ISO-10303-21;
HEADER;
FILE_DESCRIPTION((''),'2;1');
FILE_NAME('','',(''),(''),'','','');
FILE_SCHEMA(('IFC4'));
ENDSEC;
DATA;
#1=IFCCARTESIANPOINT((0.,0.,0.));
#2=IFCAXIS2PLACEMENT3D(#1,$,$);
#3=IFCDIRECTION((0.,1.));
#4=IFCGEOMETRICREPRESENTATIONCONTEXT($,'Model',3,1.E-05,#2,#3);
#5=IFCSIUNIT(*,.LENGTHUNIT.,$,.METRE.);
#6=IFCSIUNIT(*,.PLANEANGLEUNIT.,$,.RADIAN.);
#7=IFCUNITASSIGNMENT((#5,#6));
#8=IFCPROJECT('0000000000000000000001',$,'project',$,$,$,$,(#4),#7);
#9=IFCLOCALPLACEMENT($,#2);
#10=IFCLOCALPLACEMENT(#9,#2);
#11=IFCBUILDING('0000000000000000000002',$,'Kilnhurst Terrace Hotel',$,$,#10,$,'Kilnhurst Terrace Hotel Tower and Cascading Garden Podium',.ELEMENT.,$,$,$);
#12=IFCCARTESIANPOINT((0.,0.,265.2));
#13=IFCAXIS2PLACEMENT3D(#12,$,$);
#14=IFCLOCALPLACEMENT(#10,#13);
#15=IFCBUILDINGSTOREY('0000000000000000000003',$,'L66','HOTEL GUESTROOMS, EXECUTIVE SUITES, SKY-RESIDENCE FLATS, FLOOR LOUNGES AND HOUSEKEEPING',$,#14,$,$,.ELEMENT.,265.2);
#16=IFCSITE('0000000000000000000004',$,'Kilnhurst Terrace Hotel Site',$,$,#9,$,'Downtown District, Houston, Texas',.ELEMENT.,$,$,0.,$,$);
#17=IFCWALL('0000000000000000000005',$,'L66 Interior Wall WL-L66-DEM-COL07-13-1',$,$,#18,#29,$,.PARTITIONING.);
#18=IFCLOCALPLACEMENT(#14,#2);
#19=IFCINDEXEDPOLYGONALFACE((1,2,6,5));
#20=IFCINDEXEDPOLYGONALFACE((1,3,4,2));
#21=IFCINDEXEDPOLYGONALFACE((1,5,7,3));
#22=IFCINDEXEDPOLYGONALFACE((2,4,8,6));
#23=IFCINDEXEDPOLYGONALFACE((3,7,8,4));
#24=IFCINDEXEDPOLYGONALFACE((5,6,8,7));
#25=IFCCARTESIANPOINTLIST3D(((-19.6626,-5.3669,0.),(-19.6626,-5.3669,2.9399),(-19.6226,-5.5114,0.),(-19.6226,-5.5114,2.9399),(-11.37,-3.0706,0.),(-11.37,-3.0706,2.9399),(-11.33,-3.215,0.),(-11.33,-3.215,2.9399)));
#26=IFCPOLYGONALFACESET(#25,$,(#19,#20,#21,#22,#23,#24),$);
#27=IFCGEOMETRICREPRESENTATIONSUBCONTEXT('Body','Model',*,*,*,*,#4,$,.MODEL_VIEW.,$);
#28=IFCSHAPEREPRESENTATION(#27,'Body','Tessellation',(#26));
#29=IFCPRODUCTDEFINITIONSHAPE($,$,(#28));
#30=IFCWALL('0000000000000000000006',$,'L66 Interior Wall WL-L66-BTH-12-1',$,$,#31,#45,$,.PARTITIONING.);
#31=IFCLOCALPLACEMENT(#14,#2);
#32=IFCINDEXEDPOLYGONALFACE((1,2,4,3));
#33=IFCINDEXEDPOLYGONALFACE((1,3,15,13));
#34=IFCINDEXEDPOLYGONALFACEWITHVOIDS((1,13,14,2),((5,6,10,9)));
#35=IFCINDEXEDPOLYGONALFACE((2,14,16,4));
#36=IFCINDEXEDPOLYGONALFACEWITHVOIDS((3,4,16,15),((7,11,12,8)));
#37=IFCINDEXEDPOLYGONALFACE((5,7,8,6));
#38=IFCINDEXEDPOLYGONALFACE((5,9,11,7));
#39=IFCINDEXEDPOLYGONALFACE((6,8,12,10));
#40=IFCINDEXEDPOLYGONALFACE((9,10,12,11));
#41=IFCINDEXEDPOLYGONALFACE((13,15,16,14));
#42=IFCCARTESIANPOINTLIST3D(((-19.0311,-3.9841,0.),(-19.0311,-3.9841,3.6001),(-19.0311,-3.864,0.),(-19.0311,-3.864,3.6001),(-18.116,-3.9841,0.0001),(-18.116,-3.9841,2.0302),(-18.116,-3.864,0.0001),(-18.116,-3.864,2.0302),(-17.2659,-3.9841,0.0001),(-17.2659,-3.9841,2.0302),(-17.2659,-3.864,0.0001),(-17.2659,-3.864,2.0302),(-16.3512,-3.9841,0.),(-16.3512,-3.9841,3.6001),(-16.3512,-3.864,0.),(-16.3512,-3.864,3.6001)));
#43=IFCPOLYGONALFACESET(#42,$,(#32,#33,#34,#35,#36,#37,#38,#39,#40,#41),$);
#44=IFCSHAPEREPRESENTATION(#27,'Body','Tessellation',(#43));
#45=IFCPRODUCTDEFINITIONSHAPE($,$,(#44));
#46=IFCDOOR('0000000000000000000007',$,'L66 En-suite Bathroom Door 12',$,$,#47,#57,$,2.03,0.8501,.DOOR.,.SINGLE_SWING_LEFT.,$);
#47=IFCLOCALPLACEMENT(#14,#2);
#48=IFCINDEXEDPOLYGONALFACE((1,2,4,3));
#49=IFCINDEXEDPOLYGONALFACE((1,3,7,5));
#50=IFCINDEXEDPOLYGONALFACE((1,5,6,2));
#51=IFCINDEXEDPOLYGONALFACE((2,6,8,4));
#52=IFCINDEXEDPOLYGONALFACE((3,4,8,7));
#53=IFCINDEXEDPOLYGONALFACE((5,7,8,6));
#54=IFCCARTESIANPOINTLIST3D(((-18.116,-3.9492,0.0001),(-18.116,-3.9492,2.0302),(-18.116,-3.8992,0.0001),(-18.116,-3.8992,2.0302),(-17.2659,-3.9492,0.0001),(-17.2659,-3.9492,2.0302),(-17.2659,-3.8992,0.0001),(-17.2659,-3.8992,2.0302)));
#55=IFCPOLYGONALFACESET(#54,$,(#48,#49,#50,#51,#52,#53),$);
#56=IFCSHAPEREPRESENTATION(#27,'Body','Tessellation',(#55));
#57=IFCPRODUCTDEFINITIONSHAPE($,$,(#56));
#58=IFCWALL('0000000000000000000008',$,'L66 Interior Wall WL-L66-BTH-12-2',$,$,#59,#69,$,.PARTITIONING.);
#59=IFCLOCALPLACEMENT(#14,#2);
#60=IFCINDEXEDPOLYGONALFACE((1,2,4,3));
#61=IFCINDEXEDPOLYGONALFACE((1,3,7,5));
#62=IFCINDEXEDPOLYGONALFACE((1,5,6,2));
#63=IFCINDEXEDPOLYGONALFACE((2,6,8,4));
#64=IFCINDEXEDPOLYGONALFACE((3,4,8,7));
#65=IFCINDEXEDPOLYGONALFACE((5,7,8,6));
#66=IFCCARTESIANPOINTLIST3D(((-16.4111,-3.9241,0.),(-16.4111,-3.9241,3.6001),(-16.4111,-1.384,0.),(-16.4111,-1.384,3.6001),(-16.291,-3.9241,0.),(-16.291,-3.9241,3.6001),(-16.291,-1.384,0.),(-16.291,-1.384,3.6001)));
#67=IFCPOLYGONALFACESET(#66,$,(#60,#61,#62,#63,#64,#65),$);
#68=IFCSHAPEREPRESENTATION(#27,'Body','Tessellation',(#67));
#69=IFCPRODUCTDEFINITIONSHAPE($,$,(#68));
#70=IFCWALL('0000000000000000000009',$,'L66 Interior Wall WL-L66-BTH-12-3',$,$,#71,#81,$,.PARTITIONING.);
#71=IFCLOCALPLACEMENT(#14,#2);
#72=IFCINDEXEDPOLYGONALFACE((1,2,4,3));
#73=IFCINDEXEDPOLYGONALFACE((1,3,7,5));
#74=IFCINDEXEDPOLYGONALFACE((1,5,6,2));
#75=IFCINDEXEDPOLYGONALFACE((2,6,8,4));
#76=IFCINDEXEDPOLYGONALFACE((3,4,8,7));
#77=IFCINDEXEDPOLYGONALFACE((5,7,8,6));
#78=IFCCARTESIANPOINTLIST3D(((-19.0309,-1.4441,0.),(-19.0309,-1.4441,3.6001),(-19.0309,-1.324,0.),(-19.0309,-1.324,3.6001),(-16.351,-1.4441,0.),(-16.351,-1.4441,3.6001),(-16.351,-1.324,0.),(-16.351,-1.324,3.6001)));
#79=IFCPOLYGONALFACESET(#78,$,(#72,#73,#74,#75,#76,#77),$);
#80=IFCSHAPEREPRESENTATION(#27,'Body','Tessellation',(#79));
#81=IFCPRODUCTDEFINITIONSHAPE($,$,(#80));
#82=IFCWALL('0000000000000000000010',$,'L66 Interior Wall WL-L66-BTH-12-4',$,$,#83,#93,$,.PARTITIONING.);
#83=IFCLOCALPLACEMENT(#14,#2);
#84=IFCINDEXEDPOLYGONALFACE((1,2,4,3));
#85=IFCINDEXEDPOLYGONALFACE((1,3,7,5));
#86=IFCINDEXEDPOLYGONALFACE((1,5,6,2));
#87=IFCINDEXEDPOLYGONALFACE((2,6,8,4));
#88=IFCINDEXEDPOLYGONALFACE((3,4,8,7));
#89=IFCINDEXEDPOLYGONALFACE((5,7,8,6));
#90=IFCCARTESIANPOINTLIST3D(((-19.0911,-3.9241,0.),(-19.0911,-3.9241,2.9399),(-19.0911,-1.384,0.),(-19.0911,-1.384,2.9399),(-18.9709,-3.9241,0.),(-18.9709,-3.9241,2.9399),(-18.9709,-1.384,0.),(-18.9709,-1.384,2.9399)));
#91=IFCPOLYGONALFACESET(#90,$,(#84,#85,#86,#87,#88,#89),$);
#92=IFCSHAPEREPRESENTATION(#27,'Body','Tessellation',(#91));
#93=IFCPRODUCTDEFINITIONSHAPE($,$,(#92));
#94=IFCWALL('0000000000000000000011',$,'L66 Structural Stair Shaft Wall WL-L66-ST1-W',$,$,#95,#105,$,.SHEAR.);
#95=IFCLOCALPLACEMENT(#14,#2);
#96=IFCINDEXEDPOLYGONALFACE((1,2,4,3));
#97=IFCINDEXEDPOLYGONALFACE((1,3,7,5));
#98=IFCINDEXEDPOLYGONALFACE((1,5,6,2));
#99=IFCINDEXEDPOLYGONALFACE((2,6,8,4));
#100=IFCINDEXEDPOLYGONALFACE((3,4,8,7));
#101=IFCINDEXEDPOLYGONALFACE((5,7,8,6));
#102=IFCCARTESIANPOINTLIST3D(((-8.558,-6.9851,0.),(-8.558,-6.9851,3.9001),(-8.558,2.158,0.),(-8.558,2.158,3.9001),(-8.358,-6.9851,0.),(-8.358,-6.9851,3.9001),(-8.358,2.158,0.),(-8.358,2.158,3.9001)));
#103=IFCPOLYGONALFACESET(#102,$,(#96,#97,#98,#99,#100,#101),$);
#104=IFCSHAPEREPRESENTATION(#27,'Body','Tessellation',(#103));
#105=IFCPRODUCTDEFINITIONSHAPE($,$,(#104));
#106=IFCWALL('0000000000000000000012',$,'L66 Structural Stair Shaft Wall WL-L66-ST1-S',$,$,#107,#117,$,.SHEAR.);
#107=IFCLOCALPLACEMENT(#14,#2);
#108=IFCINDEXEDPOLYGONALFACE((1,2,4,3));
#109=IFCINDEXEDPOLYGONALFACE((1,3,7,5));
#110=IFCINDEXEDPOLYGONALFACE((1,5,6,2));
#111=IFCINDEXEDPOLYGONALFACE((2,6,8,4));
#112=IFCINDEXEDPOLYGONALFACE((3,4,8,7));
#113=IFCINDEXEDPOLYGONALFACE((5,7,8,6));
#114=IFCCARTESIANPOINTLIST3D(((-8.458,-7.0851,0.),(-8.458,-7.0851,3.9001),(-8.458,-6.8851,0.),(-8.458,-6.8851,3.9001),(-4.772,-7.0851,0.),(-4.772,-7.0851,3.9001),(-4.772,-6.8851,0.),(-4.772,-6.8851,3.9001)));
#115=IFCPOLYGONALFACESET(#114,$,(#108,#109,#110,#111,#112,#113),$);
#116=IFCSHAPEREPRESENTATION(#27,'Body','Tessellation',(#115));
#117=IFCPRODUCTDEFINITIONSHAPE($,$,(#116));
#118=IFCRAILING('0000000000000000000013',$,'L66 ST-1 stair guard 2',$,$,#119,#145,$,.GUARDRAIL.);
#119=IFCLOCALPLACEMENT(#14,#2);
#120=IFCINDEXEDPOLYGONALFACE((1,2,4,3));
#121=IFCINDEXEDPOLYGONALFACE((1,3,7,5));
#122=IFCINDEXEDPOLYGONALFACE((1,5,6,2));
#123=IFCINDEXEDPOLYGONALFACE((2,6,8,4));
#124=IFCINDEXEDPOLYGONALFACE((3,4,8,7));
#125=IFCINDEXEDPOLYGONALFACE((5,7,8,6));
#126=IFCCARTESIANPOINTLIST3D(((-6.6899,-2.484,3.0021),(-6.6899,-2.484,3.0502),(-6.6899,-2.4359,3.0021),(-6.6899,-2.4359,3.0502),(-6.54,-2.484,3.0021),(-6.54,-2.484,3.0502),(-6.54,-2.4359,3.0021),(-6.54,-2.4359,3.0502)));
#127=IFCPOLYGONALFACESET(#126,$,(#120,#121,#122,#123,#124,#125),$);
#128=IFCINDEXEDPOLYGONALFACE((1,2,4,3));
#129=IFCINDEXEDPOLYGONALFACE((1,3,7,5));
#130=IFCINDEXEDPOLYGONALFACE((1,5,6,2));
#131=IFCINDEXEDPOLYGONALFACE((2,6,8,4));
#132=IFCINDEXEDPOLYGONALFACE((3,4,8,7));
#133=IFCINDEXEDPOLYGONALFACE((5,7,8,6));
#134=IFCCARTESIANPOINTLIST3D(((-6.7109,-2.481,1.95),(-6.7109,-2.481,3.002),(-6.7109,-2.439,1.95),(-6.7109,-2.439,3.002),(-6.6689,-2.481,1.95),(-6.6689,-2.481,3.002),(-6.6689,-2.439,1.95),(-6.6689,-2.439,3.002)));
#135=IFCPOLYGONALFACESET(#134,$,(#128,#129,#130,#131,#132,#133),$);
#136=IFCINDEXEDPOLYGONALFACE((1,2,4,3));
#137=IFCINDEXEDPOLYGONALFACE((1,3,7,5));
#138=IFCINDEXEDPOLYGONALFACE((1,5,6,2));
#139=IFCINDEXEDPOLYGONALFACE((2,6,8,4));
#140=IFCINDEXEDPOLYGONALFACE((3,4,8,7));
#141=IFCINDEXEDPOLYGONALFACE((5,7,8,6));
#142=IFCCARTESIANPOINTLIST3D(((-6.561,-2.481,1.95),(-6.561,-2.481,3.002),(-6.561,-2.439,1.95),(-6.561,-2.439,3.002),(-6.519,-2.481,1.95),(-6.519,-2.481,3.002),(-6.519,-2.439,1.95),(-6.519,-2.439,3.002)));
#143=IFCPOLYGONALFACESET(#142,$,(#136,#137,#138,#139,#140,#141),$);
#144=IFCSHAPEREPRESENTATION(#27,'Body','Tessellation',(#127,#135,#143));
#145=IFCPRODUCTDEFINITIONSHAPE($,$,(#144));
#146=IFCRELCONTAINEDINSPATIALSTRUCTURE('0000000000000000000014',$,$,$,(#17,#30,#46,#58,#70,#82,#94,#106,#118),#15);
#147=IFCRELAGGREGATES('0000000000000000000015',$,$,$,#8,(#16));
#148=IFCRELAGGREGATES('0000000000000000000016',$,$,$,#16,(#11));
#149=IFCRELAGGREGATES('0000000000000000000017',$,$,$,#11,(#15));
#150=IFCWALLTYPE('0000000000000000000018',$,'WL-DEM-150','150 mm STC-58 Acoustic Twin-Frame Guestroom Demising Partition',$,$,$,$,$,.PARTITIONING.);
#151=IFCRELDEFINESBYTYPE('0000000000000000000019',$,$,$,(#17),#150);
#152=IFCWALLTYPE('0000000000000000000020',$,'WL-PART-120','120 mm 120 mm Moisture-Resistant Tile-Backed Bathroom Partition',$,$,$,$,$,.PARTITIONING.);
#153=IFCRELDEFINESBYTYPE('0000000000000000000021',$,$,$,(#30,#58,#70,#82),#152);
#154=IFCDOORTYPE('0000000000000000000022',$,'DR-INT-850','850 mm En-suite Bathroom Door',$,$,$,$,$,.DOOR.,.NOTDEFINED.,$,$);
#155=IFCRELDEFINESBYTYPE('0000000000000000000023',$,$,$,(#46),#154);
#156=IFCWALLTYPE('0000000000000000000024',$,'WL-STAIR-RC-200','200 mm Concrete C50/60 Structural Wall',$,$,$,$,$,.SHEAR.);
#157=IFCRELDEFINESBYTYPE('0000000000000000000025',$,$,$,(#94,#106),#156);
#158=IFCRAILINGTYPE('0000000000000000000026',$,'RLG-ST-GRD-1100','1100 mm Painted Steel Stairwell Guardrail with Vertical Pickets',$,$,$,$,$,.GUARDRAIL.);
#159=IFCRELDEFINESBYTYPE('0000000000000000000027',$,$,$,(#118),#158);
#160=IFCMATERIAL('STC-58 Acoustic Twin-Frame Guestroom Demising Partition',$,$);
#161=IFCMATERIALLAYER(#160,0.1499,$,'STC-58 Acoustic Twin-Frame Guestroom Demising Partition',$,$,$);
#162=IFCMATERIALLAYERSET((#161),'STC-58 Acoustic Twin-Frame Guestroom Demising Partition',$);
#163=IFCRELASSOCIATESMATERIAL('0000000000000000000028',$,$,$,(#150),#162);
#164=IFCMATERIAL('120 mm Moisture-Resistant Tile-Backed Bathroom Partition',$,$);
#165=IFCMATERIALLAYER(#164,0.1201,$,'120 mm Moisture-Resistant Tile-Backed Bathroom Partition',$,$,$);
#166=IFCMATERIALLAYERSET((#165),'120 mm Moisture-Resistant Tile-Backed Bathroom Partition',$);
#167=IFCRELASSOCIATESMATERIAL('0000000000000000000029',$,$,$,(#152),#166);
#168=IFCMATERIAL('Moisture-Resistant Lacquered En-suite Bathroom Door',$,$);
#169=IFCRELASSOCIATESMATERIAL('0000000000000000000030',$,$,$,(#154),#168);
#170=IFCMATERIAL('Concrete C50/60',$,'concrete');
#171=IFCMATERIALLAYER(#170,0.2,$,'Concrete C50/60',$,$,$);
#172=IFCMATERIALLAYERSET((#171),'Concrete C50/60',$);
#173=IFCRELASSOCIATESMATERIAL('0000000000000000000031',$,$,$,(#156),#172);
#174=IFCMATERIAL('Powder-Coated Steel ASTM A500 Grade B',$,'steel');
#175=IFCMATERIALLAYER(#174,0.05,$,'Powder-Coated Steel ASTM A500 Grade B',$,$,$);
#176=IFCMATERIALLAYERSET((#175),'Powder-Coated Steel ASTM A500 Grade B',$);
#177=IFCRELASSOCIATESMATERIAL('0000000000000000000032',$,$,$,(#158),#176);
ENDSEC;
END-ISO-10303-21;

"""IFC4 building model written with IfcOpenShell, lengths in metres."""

from ifc_helpers import new_model, si_unit, direction, frame, frame_2d, origin, origin_2d, place, context, subcontext, project, spatial, rectangle, extrude, material, layer, layer_set, type_object, element, fill, save


model = new_model("IFC4")

# Units and contexts
model_context = context("Model", 3, precision=1e-05, world=origin(), true_north=direction((0.0, 1.0)))
body_context = subcontext(model_context, "Body", "Model", "MODEL_VIEW")
ifc_project = project(units=[si_unit("LENGTHUNIT", "METRE"), si_unit("PLANEANGLEUNIT", "RADIAN")], contexts=[model_context])

# Site, building, storey
site_placement = place(None, origin())
site = spatial("IfcSite", under=ifc_project, at=site_placement, Name="Kilnhurst Terrace Hotel Site", LongName="Downtown District, Houston, Texas", CompositionType="ELEMENT", RefElevation=0.0)
building_placement = place(site_placement, origin())
building = spatial("IfcBuilding", under=site, at=building_placement, Name="Kilnhurst Terrace Hotel", LongName="Kilnhurst Terrace Hotel Tower and Cascading Garden Podium", CompositionType="ELEMENT")
storey_placement = place(building_placement, frame((0.0, 0.0, 265.2)))
storey = spatial("IfcBuildingStorey", under=building, at=storey_placement, Name="L66", Description="HOTEL GUESTROOMS, EXECUTIVE SUITES, SKY-RESIDENCE FLATS, FLOOR LOUNGES AND HOUSEKEEPING", CompositionType="ELEMENT", Elevation=265.2)

# Shared definitions
ifc_material_1 = material(Name="Concrete C50/60", Category="concrete")

# Wall
ifc_material_2 = material(Name="STC-58 Acoustic Twin-Frame Guestroom Demising Partition")
ifc_layer_1 = layer(ifc_material_2, 0.1499, Name="STC-58 Acoustic Twin-Frame Guestroom Demising Partition")
ifc_layer_set_1 = layer_set([ifc_layer_1], Name="STC-58 Acoustic Twin-Frame Guestroom Demising Partition")
wall_type_1 = type_object("IfcWallType", Name="WL-DEM-150", Description="150 mm STC-58 Acoustic Twin-Frame Guestroom Demising Partition", PredefinedType="PARTITIONING", material=ifc_layer_set_1)
wall_1_placement = place(storey_placement, frame((-11.3501, -3.1428, 0.0), z_axis=(0.0, 0.0, 1.0), x_axis=(-0.963732, -0.266873, 0.0)))
element("IfcWall", 1, at=wall_1_placement, inside=storey, type_object=wall_type_1, Name="L66 Interior Wall WL-L66-DEM-COL07-13-1", PredefinedType="PARTITIONING", context=body_context, shape_type="SweptSolid", body=[
    extrude(rectangle(XDim=8.6047, YDim=0.1499, at=frame_2d((4.3022, 0.0))), origin(), (0.0, 0.0, 1.0), 2.9399),
])

# Wall, opening, door
ifc_material_3 = material(Name="120 mm Moisture-Resistant Tile-Backed Bathroom Partition")
ifc_layer_2 = layer(ifc_material_3, 0.1201, Name="120 mm Moisture-Resistant Tile-Backed Bathroom Partition")
ifc_layer_set_2 = layer_set([ifc_layer_2], Name="120 mm Moisture-Resistant Tile-Backed Bathroom Partition")
wall_type_2 = type_object("IfcWallType", Name="WL-PART-120", Description="120 mm 120 mm Moisture-Resistant Tile-Backed Bathroom Partition", PredefinedType="PARTITIONING", material=ifc_layer_set_2)
wall_2_placement = place(storey_placement, frame((-19.031, -3.9241, 0.0), z_axis=(0.0, 0.0, 1.0), x_axis=(1.0, 0.0, 0.0)))
wall_2 = element("IfcWall", 2, at=wall_2_placement, inside=storey, type_object=wall_type_2, Name="L66 Interior Wall WL-L66-BTH-12-1", PredefinedType="PARTITIONING", context=body_context, shape_type="SweptSolid", body=[
    extrude(rectangle(XDim=2.6799, YDim=0.1201, at=frame_2d((1.3398, 0.0))), origin(), (0.0, 0.0, 1.0), 3.6001),
])
opening_1_placement = place(wall_2_placement, frame((0.915, 0.0, 0.0)))
opening_1 = element("IfcOpeningElement", 3, at=opening_1_placement, cuts=wall_2, PredefinedType="OPENING", context=body_context, shape_type="SweptSolid", body=[
    extrude(rectangle(XDim=0.8501, YDim=2.03, at=frame_2d((0.425, 1.0151))), frame((0.0, 0.0701, 0.0), z_axis=(0.0, -1.0, 0.0), x_axis=(1.0, 0.0, 0.0)), (0.0, 0.0, 1.0), 0.1401),
])
ifc_material_4 = material(Name="Moisture-Resistant Lacquered En-suite Bathroom Door")
door_type_1 = type_object("IfcDoorType", Name="DR-INT-850", Description="850 mm En-suite Bathroom Door", OperationType="NOTDEFINED", PredefinedType="DOOR", material=ifc_material_4)
door_1_placement = place(opening_1_placement, origin())
door_1 = element("IfcDoor", 4, at=door_1_placement, inside=storey, type_object=door_type_1, Name="L66 En-suite Bathroom Door 12", OperationType="SINGLE_SWING_LEFT", OverallHeight=2.03, OverallWidth=0.8501, PredefinedType="DOOR", context=body_context, shape_type="SweptSolid", body=[
    extrude(rectangle(XDim=0.8501, YDim=2.03, at=frame_2d((0.425, 1.0151))), frame((0.0, 0.0249, 0.0), z_axis=(0.0, -1.0, 0.0), x_axis=(1.0, 0.0, 0.0)), (0.0, 0.0, 1.0), 0.05),
])
fill(opening_1, door_1)

# Walls
wall_3_placement = place(storey_placement, frame((-16.3511, -3.9241, 0.0), z_axis=(0.0, 0.0, 1.0), x_axis=(0.0, 1.0, 0.0)))
element("IfcWall", 5, at=wall_3_placement, inside=storey, type_object=wall_type_2, Name="L66 Interior Wall WL-L66-BTH-12-2", PredefinedType="PARTITIONING", context=body_context, shape_type="SweptSolid", body=[
    extrude(rectangle(XDim=2.54, YDim=0.1201, at=frame_2d((1.27, 0.0))), origin(), (0.0, 0.0, 1.0), 3.6001),
])
wall_4_placement = place(storey_placement, frame((-16.3511, -1.384, 0.0), z_axis=(0.0, 0.0, 1.0), x_axis=(-1.0, 0.0, 0.0)))
element("IfcWall", 6, at=wall_4_placement, inside=storey, type_object=wall_type_2, Name="L66 Interior Wall WL-L66-BTH-12-3", PredefinedType="PARTITIONING", context=body_context, shape_type="SweptSolid", body=[
    extrude(rectangle(XDim=2.6799, YDim=0.1201, at=frame_2d((1.3398, 0.0))), origin(), (0.0, 0.0, 1.0), 3.6001),
])
wall_5_placement = place(storey_placement, frame((-19.031, -1.384, 0.0), z_axis=(0.0, 0.0, 1.0), x_axis=(0.0, -1.0, 0.0)))
element("IfcWall", 7, at=wall_5_placement, inside=storey, type_object=wall_type_2, Name="L66 Interior Wall WL-L66-BTH-12-4", PredefinedType="PARTITIONING", context=body_context, shape_type="SweptSolid", body=[
    extrude(rectangle(XDim=2.54, YDim=0.1201, at=frame_2d((1.27, 0.0))), origin(), (0.0, 0.0, 1.0), 2.9399),
])
ifc_layer_3 = layer(ifc_material_1, 0.2, Name="Concrete C50/60")
ifc_layer_set_3 = layer_set([ifc_layer_3], Name="Concrete C50/60")
wall_type_3 = type_object("IfcWallType", Name="WL-STAIR-RC-200", Description="200 mm Concrete C50/60 Structural Wall", PredefinedType="SHEAR", material=ifc_layer_set_3)
wall_6_placement = place(storey_placement, frame((-8.458, -6.9851, 0.0), z_axis=(0.0, 0.0, 1.0), x_axis=(0.0, 1.0, 0.0)))
element("IfcWall", 8, at=wall_6_placement, inside=storey, type_object=wall_type_3, Name="L66 Structural Stair Shaft Wall WL-L66-ST1-W", PredefinedType="SHEAR", context=body_context, shape_type="SweptSolid", body=[
    extrude(rectangle(XDim=9.1431, YDim=0.2, at=frame_2d((4.5715, 0.0))), origin(), (0.0, 0.0, 1.0), 3.9001),
])
wall_7_placement = place(storey_placement, frame((-8.458, -6.9851, 0.0), z_axis=(0.0, 0.0, 1.0), x_axis=(1.0, 0.0, 0.0)))
element("IfcWall", 9, at=wall_7_placement, inside=storey, type_object=wall_type_3, Name="L66 Structural Stair Shaft Wall WL-L66-ST1-S", PredefinedType="SHEAR", context=body_context, shape_type="SweptSolid", body=[
    extrude(rectangle(XDim=3.686, YDim=0.2, at=frame_2d((1.843, 0.0))), origin(), (0.0, 0.0, 1.0), 3.9001),
])

# Railing
ifc_material_5 = material(Name="Powder-Coated Steel ASTM A500 Grade B", Category="steel")
ifc_layer_4 = layer(ifc_material_5, 0.05, Name="Powder-Coated Steel ASTM A500 Grade B")
ifc_layer_set_4 = layer_set([ifc_layer_4], Name="Powder-Coated Steel ASTM A500 Grade B")
railing_type = type_object("IfcRailingType", Name="RLG-ST-GRD-1100", Description="1100 mm Painted Steel Stairwell Guardrail with Vertical Pickets", PredefinedType="GUARDRAIL", material=ifc_layer_set_4)
railing_placement = place(storey_placement, frame((-6.6899, -2.46, 1.95)))
element("IfcRailing", 10, at=railing_placement, inside=storey, type_object=railing_type, Name="L66 ST-1 stair guard 2", PredefinedType="GUARDRAIL", context=body_context, shape_type="SweptSolid", body=[
    extrude(rectangle(XDim=0.0481, YDim=0.0481, at=origin_2d()), frame((0.0, 0.0, 1.0762), z_axis=(1.0, 0.0, 0.0), x_axis=(0.0, 1.0, 0.0)), (0.0, 0.0, 1.0), 0.1499),
    extrude(rectangle(XDim=0.042, YDim=0.042, at=origin_2d()), origin(), (0.0, 0.0, 1.0), 1.052),
    extrude(rectangle(XDim=0.042, YDim=0.042, at=origin_2d()), frame((0.1499, 0.0, 0.0)), (0.0, 0.0, 1.0), 1.052),
])

save(model, "model.ifc")
